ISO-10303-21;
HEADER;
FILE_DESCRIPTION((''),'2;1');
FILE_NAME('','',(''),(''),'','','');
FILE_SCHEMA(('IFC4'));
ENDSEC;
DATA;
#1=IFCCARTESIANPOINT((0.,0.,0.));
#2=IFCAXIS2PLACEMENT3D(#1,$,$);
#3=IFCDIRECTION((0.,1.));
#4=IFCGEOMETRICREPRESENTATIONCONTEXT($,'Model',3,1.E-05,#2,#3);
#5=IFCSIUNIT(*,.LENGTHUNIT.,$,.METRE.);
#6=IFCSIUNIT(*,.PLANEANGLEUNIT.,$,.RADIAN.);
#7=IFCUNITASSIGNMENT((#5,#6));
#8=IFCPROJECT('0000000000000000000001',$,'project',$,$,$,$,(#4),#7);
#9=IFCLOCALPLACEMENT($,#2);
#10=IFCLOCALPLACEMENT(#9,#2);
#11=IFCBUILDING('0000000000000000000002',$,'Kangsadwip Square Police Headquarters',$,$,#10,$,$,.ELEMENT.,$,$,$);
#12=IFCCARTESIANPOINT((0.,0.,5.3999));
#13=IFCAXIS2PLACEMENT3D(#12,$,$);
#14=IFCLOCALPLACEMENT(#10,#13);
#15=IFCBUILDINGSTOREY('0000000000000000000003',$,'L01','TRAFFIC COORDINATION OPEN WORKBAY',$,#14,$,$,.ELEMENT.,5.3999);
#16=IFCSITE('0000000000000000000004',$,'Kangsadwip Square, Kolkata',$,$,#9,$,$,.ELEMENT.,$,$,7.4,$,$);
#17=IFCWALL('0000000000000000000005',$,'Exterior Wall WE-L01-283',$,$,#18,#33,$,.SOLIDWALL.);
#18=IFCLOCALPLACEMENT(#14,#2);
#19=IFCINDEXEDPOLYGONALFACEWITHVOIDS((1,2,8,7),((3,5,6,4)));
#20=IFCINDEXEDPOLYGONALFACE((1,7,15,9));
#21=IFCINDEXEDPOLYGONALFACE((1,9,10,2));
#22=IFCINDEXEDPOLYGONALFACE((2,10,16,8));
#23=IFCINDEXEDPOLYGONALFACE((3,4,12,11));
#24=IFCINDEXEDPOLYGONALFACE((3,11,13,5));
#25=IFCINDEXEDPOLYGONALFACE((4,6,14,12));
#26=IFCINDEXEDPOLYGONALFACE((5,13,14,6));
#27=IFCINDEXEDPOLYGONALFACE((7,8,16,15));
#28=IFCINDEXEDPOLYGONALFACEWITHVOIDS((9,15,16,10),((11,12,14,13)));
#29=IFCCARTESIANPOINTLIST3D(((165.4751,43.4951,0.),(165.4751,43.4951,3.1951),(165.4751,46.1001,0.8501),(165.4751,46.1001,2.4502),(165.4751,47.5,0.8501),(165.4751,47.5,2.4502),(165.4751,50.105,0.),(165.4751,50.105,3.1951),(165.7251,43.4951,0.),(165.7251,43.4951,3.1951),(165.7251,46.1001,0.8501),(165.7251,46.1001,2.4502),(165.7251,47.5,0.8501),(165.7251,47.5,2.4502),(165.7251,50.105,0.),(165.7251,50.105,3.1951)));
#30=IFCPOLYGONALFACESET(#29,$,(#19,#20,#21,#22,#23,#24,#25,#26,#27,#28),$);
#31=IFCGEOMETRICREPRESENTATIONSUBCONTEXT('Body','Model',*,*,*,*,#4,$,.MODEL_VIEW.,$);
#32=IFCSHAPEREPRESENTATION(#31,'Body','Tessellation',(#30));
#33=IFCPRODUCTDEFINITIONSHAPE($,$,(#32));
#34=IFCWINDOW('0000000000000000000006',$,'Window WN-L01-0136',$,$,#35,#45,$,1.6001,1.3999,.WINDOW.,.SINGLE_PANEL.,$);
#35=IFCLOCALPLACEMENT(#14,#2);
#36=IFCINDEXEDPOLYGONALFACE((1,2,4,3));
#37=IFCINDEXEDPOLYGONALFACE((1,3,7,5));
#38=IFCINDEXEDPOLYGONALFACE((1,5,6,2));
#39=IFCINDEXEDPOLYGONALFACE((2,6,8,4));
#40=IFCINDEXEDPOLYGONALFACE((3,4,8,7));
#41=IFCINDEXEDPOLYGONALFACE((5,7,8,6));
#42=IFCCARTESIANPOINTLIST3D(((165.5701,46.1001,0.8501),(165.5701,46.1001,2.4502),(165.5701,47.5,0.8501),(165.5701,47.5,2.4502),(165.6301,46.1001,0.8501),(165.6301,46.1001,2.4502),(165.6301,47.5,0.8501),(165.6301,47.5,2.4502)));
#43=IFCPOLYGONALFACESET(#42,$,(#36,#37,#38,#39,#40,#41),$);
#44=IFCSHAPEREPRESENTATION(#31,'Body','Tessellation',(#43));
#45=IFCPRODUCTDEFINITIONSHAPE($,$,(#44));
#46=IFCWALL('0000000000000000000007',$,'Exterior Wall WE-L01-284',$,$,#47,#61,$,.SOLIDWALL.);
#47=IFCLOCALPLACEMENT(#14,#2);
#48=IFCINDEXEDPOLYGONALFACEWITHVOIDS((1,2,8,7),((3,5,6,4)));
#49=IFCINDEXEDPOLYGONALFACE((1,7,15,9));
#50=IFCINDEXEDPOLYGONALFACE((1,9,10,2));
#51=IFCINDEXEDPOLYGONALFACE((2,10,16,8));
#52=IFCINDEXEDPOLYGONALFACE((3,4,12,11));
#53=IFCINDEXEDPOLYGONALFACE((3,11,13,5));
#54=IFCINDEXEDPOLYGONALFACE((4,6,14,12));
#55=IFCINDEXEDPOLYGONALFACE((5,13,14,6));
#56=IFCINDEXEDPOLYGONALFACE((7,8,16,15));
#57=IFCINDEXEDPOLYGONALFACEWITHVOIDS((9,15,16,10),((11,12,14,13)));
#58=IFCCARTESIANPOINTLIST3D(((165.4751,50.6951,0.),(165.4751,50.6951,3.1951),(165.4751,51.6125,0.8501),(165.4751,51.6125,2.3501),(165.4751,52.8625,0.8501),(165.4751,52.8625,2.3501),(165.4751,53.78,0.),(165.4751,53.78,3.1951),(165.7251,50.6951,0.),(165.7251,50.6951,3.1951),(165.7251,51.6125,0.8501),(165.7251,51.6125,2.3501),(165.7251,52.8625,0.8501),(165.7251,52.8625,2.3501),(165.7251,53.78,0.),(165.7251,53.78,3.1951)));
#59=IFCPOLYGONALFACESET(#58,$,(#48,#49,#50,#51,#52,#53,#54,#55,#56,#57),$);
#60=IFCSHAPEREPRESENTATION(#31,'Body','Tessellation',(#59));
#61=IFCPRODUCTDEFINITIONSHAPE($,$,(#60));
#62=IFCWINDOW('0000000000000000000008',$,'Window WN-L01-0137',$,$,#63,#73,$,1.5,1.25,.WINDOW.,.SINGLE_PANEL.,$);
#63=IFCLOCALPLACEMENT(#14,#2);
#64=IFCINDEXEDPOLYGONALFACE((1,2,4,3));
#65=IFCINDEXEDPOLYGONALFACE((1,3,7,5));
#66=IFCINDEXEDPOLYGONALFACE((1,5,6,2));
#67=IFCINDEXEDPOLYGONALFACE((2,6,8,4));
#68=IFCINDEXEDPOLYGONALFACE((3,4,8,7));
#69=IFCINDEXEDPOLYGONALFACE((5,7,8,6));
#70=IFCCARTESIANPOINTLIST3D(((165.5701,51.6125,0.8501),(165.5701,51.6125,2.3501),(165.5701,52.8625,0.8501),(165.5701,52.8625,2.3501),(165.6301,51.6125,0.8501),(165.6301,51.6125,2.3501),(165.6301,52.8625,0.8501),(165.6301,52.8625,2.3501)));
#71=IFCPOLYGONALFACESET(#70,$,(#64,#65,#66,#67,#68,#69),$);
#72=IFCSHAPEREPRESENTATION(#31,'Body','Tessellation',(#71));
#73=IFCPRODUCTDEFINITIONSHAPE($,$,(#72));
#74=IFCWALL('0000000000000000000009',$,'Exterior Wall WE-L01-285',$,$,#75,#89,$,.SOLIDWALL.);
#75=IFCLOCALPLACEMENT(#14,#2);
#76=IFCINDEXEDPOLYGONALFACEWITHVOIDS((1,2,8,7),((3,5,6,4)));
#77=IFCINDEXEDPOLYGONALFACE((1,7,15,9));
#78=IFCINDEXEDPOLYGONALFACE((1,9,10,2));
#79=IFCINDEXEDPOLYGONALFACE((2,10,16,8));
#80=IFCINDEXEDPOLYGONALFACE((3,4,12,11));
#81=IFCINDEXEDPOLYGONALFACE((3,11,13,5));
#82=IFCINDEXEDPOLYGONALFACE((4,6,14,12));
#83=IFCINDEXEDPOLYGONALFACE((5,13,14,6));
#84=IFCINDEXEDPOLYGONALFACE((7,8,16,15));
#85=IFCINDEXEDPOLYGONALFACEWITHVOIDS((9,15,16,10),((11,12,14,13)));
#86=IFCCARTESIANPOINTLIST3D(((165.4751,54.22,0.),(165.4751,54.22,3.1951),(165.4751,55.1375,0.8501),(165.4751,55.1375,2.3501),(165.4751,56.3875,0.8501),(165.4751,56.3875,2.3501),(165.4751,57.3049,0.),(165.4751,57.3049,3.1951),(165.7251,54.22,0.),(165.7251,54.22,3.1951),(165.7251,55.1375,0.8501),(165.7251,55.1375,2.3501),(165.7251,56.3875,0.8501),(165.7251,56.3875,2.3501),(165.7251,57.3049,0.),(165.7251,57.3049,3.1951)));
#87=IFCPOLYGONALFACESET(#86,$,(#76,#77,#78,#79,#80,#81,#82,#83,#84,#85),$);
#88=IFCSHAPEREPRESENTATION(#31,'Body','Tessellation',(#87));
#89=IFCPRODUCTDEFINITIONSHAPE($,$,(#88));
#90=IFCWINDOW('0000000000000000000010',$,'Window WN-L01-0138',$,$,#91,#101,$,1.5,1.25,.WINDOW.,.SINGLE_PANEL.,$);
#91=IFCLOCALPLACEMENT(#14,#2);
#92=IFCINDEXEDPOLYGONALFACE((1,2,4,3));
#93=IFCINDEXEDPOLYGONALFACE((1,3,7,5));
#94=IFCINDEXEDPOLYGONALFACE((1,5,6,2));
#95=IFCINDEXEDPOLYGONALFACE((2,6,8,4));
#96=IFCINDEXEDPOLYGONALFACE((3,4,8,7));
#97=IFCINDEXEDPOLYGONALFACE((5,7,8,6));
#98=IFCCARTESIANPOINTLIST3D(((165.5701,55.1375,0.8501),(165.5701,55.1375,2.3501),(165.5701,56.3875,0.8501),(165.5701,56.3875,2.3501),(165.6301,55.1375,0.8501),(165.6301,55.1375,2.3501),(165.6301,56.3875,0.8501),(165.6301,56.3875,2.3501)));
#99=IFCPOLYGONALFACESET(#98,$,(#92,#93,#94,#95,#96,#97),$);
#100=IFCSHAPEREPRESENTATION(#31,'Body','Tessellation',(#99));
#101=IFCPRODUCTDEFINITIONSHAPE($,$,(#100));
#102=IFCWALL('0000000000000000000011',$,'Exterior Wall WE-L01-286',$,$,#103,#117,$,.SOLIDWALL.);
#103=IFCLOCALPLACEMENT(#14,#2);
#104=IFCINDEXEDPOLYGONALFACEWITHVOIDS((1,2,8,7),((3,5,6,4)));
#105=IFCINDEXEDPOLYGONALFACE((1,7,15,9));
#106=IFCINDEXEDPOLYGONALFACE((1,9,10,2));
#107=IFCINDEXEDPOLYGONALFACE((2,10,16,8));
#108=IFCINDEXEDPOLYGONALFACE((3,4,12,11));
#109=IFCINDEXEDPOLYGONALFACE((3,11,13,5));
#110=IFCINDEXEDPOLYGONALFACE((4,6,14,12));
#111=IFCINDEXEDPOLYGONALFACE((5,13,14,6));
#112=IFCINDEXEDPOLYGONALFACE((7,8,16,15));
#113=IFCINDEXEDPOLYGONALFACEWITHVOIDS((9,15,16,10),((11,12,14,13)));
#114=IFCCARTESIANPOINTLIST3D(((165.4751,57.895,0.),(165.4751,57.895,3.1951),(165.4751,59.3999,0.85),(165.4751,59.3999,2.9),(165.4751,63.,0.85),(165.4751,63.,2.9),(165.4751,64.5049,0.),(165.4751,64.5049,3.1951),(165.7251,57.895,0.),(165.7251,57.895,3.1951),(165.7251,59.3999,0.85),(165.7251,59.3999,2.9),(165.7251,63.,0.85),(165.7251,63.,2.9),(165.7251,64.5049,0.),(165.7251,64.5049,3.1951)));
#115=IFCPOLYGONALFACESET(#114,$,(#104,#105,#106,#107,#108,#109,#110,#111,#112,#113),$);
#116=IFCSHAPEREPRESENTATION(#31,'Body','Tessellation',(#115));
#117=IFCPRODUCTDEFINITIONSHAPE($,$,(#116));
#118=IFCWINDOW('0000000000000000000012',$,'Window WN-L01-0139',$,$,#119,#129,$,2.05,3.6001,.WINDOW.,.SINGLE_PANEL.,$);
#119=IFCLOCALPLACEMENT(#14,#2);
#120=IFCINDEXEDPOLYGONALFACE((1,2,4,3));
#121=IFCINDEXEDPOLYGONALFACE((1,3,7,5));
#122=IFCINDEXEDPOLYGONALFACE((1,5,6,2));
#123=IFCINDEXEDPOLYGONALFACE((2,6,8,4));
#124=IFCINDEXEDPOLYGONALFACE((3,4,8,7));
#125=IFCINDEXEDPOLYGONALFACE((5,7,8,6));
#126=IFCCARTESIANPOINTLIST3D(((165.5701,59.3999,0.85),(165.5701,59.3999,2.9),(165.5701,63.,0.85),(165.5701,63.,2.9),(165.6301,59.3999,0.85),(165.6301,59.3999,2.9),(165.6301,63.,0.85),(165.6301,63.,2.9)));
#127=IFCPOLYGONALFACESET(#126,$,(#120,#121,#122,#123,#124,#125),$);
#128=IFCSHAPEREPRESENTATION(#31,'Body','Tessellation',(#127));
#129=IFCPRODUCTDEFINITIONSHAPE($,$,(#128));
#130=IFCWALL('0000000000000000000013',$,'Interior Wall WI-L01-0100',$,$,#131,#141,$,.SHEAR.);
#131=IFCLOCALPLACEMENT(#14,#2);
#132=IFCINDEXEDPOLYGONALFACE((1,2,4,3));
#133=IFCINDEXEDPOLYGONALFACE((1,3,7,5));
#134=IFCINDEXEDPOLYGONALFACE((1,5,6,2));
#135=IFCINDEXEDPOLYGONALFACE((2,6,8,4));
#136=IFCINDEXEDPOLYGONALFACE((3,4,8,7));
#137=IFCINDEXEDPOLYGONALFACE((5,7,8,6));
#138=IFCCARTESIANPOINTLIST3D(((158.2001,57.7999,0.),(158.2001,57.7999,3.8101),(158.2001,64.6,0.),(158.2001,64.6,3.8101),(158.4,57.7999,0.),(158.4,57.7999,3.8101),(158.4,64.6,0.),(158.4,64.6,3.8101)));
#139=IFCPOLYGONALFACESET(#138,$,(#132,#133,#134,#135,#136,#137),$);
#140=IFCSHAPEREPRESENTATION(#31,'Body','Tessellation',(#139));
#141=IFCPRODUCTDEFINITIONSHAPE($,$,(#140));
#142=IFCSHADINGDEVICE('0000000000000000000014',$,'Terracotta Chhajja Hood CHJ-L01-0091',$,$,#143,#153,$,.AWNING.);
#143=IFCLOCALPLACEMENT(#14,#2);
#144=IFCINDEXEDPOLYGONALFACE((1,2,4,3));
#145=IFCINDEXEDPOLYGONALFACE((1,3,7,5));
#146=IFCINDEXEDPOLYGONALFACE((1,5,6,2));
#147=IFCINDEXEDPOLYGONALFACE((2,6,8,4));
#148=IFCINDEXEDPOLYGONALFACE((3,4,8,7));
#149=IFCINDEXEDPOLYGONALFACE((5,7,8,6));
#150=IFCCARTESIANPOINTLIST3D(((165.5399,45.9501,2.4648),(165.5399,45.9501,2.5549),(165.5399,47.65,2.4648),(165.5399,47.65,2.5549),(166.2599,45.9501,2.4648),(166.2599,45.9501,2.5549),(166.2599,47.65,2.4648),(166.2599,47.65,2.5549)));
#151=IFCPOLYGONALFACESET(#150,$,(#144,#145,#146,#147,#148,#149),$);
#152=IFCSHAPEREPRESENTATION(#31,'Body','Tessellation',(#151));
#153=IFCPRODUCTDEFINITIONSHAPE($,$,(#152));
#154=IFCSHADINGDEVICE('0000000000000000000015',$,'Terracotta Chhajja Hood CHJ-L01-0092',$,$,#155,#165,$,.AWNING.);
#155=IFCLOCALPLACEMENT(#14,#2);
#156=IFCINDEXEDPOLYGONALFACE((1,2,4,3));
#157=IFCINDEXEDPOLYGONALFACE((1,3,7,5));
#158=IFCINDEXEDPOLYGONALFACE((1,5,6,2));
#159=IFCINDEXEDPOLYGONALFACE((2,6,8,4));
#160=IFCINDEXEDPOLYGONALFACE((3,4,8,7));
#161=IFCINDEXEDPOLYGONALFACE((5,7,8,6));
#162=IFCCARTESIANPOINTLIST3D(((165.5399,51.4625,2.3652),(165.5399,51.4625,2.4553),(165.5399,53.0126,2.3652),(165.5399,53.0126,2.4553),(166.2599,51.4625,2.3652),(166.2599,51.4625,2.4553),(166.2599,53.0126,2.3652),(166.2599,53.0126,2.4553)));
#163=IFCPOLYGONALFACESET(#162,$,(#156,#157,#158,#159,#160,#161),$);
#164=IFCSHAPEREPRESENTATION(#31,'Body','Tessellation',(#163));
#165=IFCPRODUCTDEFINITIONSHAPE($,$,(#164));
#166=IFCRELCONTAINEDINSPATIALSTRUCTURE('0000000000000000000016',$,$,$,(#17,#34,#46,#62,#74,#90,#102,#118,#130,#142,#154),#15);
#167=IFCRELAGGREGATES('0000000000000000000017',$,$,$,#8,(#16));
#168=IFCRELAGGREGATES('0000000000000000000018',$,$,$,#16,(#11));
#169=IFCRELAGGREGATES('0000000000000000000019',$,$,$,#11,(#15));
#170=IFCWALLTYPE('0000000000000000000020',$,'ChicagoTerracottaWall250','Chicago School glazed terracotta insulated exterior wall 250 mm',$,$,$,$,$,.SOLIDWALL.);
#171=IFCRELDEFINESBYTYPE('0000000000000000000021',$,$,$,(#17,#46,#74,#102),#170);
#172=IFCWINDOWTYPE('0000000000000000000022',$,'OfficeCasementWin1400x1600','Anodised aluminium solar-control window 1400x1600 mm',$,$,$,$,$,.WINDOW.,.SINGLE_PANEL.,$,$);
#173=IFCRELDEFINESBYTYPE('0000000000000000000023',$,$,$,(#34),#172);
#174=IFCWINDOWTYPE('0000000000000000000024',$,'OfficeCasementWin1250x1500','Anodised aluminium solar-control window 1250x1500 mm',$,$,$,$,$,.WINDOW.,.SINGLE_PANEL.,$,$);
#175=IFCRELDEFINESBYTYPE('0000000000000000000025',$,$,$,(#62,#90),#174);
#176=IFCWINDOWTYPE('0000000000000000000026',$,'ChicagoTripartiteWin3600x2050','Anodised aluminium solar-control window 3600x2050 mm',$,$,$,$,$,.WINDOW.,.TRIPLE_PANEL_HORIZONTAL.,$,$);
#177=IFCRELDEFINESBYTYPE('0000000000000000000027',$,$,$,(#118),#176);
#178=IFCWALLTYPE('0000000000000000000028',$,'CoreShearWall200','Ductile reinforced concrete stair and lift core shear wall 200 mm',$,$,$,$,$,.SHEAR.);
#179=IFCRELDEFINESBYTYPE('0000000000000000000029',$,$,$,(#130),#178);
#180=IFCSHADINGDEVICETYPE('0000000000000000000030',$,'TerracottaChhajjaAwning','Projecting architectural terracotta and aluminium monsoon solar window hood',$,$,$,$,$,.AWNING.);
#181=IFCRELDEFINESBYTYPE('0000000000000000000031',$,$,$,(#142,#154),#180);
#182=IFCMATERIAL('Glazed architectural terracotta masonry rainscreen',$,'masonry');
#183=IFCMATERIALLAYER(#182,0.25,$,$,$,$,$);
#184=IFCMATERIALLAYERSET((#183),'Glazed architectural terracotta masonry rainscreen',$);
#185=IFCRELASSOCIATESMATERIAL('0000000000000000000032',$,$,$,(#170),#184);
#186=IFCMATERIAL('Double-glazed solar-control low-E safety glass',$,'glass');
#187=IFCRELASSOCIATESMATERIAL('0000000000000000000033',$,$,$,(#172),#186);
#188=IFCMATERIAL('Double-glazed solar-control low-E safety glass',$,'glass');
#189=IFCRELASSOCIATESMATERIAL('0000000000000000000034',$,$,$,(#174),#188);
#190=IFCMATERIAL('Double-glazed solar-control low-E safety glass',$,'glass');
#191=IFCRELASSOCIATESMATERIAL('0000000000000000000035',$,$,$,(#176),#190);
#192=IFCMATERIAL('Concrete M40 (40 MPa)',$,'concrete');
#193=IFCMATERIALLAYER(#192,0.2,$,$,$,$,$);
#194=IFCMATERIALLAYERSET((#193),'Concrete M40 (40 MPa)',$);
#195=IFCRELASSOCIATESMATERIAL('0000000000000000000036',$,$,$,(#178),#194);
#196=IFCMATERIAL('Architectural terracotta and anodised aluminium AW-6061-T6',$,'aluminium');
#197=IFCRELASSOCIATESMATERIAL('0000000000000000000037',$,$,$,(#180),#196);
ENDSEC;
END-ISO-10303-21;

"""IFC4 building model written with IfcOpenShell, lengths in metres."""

from ifc_helpers import new_model, si_unit, direction, frame, frame_2d, origin, origin_2d, place, context, subcontext, project, spatial, rectangle, extrude, material, layer, layer_set, type_object, element, fill, save


model = new_model("IFC4")

# Units and contexts
model_context = context("Model", 3, precision=1e-05, world=origin(), true_north=direction((0.0, 1.0)))
body_context = subcontext(model_context, "Body", "Model", "MODEL_VIEW")
ifc_project = project(units=[si_unit("LENGTHUNIT", "METRE"), si_unit("PLANEANGLEUNIT", "RADIAN")], contexts=[model_context])

# Site, building, storey
site_placement = place(None, origin())
site = spatial("IfcSite", under=ifc_project, at=site_placement, Name="Kangsadwip Square, Kolkata", CompositionType="ELEMENT", RefElevation=7.4)
building_placement = place(site_placement, origin())
building = spatial("IfcBuilding", under=site, at=building_placement, Name="Kangsadwip Square Police Headquarters", CompositionType="ELEMENT")
storey_placement = place(building_placement, frame((0.0, 0.0, 5.3999)))
storey = spatial("IfcBuildingStorey", under=building, at=storey_placement, Name="L01", Description="TRAFFIC COORDINATION OPEN WORKBAY", CompositionType="ELEMENT", Elevation=5.3999)

# Walls, openings, windows
ifc_material_1 = material(Name="Glazed architectural terracotta masonry rainscreen", Category="masonry")
ifc_layer_1 = layer(ifc_material_1, 0.25)
ifc_layer_set_1 = layer_set([ifc_layer_1], Name="Glazed architectural terracotta masonry rainscreen")
wall_type_1 = type_object("IfcWallType", Name="ChicagoTerracottaWall250", Description="Chicago School glazed terracotta insulated exterior wall 250 mm", PredefinedType="SOLIDWALL", material=ifc_layer_set_1)
wall_1_placement = place(storey_placement, frame((165.6001, 43.4951, 0.0), z_axis=(0.0, 0.0, 1.0), x_axis=(0.0, 1.0, 0.0)))
wall_1 = element("IfcWall", 1, at=wall_1_placement, inside=storey, type_object=wall_type_1, Name="Exterior Wall WE-L01-283", PredefinedType="SOLIDWALL", context=body_context, shape_type="SweptSolid", body=[
    extrude(rectangle(XDim=6.6099, YDim=0.25, at=frame_2d((3.3049, 0.0))), origin(), (0.0, 0.0, 1.0), 3.1951),
])
opening_1_placement = place(wall_1_placement, frame((2.605, 0.0, 0.8501)))
opening_1 = element("IfcOpeningElement", 2, at=opening_1_placement, cuts=wall_1, PredefinedType="OPENING", context=body_context, shape_type="SweptSolid", body=[
    extrude(rectangle(XDim=1.3999, YDim=1.6001, at=frame_2d((0.7, 0.8))), frame((0.0, 0.135, 0.0), z_axis=(0.0, -1.0, 0.0), x_axis=(1.0, 0.0, 0.0)), (0.0, 0.0, 1.0), 0.27),
])
ifc_material_2 = material(Name="Double-glazed solar-control low-E safety glass", Category="glass")
window_type_1 = type_object("IfcWindowType", Name="OfficeCasementWin1400x1600", Description="Anodised aluminium solar-control window 1400x1600 mm", PartitioningType="SINGLE_PANEL", PredefinedType="WINDOW", material=ifc_material_2)
window_1_placement = place(opening_1_placement, origin())
window_1 = element("IfcWindow", 3, at=window_1_placement, inside=storey, type_object=window_type_1, Name="Window WN-L01-0136", OverallHeight=1.6001, OverallWidth=1.3999, PartitioningType="SINGLE_PANEL", PredefinedType="WINDOW", context=body_context, shape_type="SweptSolid", body=[
    extrude(rectangle(XDim=1.3999, YDim=1.6001, at=frame_2d((0.7, 0.8))), frame((0.0, 0.03, 0.0), z_axis=(0.0, -1.0, 0.0), x_axis=(1.0, 0.0, 0.0)), (0.0, 0.0, 1.0), 0.0601),
])
fill(opening_1, window_1)
wall_2_placement = place(storey_placement, frame((165.6001, 50.6951, 0.0), z_axis=(0.0, 0.0, 1.0), x_axis=(0.0, 1.0, 0.0)))
wall_2 = element("IfcWall", 4, at=wall_2_placement, inside=storey, type_object=wall_type_1, Name="Exterior Wall WE-L01-284", PredefinedType="SOLIDWALL", context=body_context, shape_type="SweptSolid", body=[
    extrude(rectangle(XDim=3.085, YDim=0.25, at=frame_2d((1.5425, 0.0))), origin(), (0.0, 0.0, 1.0), 3.1951),
])
opening_2_placement = place(wall_2_placement, frame((0.9175, 0.0, 0.8501)))
opening_2 = element("IfcOpeningElement", 5, at=opening_2_placement, cuts=wall_2, PredefinedType="OPENING", context=body_context, shape_type="SweptSolid", body=[
    extrude(rectangle(XDim=1.25, YDim=1.5, at=frame_2d((0.625, 0.75))), frame((0.0, 0.135, 0.0), z_axis=(0.0, -1.0, 0.0), x_axis=(1.0, 0.0, 0.0)), (0.0, 0.0, 1.0), 0.27),
])
ifc_material_3 = material(Name="Double-glazed solar-control low-E safety glass", Category="glass")
window_type_2 = type_object("IfcWindowType", Name="OfficeCasementWin1250x1500", Description="Anodised aluminium solar-control window 1250x1500 mm", PartitioningType="SINGLE_PANEL", PredefinedType="WINDOW", material=ifc_material_3)
window_2_placement = place(opening_2_placement, origin())
window_2 = element("IfcWindow", 6, at=window_2_placement, inside=storey, type_object=window_type_2, Name="Window WN-L01-0137", OverallHeight=1.5, OverallWidth=1.25, PartitioningType="SINGLE_PANEL", PredefinedType="WINDOW", context=body_context, shape_type="SweptSolid", body=[
    extrude(rectangle(XDim=1.25, YDim=1.5, at=frame_2d((0.625, 0.75))), frame((0.0, 0.03, 0.0), z_axis=(0.0, -1.0, 0.0), x_axis=(1.0, 0.0, 0.0)), (0.0, 0.0, 1.0), 0.0601),
])
fill(opening_2, window_2)
wall_3_placement = place(storey_placement, frame((165.6001, 54.22, 0.0), z_axis=(0.0, 0.0, 1.0), x_axis=(0.0, 1.0, 0.0)))
wall_3 = element("IfcWall", 7, at=wall_3_placement, inside=storey, type_object=wall_type_1, Name="Exterior Wall WE-L01-285", PredefinedType="SOLIDWALL", context=body_context, shape_type="SweptSolid", body=[
    extrude(rectangle(XDim=3.085, YDim=0.25, at=frame_2d((1.5425, 0.0))), origin(), (0.0, 0.0, 1.0), 3.1951),
])
opening_3_placement = place(wall_3_placement, frame((0.9175, 0.0, 0.8501)))
opening_3 = element("IfcOpeningElement", 8, at=opening_3_placement, cuts=wall_3, PredefinedType="OPENING", context=body_context, shape_type="SweptSolid", body=[
    extrude(rectangle(XDim=1.25, YDim=1.5, at=frame_2d((0.625, 0.75))), frame((0.0, 0.135, 0.0), z_axis=(0.0, -1.0, 0.0), x_axis=(1.0, 0.0, 0.0)), (0.0, 0.0, 1.0), 0.27),
])
window_3_placement = place(opening_3_placement, origin())
window_3 = element("IfcWindow", 9, at=window_3_placement, inside=storey, type_object=window_type_2, Name="Window WN-L01-0138", OverallHeight=1.5, OverallWidth=1.25, PartitioningType="SINGLE_PANEL", PredefinedType="WINDOW", context=body_context, shape_type="SweptSolid", body=[
    extrude(rectangle(XDim=1.25, YDim=1.5, at=frame_2d((0.625, 0.75))), frame((0.0, 0.03, 0.0), z_axis=(0.0, -1.0, 0.0), x_axis=(1.0, 0.0, 0.0)), (0.0, 0.0, 1.0), 0.0601),
])
fill(opening_3, window_3)
wall_4_placement = place(storey_placement, frame((165.6001, 57.895, 0.0), z_axis=(0.0, 0.0, 1.0), x_axis=(0.0, 1.0, 0.0)))
wall_4 = element("IfcWall", 10, at=wall_4_placement, inside=storey, type_object=wall_type_1, Name="Exterior Wall WE-L01-286", PredefinedType="SOLIDWALL", context=body_context, shape_type="SweptSolid", body=[
    extrude(rectangle(XDim=6.6099, YDim=0.25, at=frame_2d((3.3049, 0.0))), origin(), (0.0, 0.0, 1.0), 3.1951),
])
opening_4_placement = place(wall_4_placement, frame((1.5049, 0.0, 0.8501)))
opening_4 = element("IfcOpeningElement", 11, at=opening_4_placement, cuts=wall_4, PredefinedType="OPENING", context=body_context, shape_type="SweptSolid", body=[
    extrude(rectangle(XDim=3.6001, YDim=2.05, at=frame_2d((1.8, 1.0249))), frame((0.0, 0.135, 0.0), z_axis=(0.0, -1.0, 0.0), x_axis=(1.0, 0.0, 0.0)), (0.0, 0.0, 1.0), 0.27),
])
ifc_material_4 = material(Name="Double-glazed solar-control low-E safety glass", Category="glass")
window_type_3 = type_object("IfcWindowType", Name="ChicagoTripartiteWin3600x2050", Description="Anodised aluminium solar-control window 3600x2050 mm", PartitioningType="TRIPLE_PANEL_HORIZONTAL", PredefinedType="WINDOW", material=ifc_material_4)
window_4_placement = place(opening_4_placement, origin())
window_4 = element("IfcWindow", 12, at=window_4_placement, inside=storey, type_object=window_type_3, Name="Window WN-L01-0139", OverallHeight=2.05, OverallWidth=3.6001, PartitioningType="SINGLE_PANEL", PredefinedType="WINDOW", context=body_context, shape_type="SweptSolid", body=[
    extrude(rectangle(XDim=3.6001, YDim=2.05, at=frame_2d((1.8, 1.0249))), frame((0.0, 0.03, 0.0), z_axis=(0.0, -1.0, 0.0), x_axis=(1.0, 0.0, 0.0)), (0.0, 0.0, 1.0), 0.0601),
])
fill(opening_4, window_4)

# Wall
ifc_material_5 = material(Name="Concrete M40 (40 MPa)", Category="concrete")
ifc_layer_2 = layer(ifc_material_5, 0.2)
ifc_layer_set_2 = layer_set([ifc_layer_2], Name="Concrete M40 (40 MPa)")
wall_type_2 = type_object("IfcWallType", Name="CoreShearWall200", Description="Ductile reinforced concrete stair and lift core shear wall 200 mm", PredefinedType="SHEAR", material=ifc_layer_set_2)
wall_5_placement = place(storey_placement, frame((158.3, 57.8, 0.0), z_axis=(0.0, 0.0, 1.0), x_axis=(0.0, 1.0, 0.0)))
element("IfcWall", 13, at=wall_5_placement, inside=storey, type_object=wall_type_2, Name="Interior Wall WI-L01-0100", PredefinedType="SHEAR", context=body_context, shape_type="SweptSolid", body=[
    extrude(rectangle(XDim=6.8, YDim=0.2, at=frame_2d((3.3999, 0.0))), origin(), (0.0, 0.0, 1.0), 3.8101),
])

# Shading devices
ifc_material_6 = material(Name="Architectural terracotta and anodised aluminium AW-6061-T6", Category="aluminium")
shading_device_type = type_object("IfcShadingDeviceType", Name="TerracottaChhajjaAwning", Description="Projecting architectural terracotta and aluminium monsoon solar window hood", PredefinedType="AWNING", material=ifc_material_6)
shading_device_placement = place(storey_placement, frame((165.8999, 46.8, 2.4648), z_axis=(0.0, 0.0, 1.0), x_axis=(0.0, 1.0, 0.0)))
element("IfcShadingDevice", 14, at=shading_device_placement, inside=storey, type_object=shading_device_type, Name="Terracotta Chhajja Hood CHJ-L01-0091", PredefinedType="AWNING", context=body_context, shape_type="SweptSolid", body=[
    extrude(rectangle(XDim=1.7, YDim=0.72, at=origin_2d()), origin(), (0.0, 0.0, 1.0), 0.0901),
])
for number, where, z_axis, x_axis, name in (
    (15, (165.8999, 52.2375, 2.3652), (0.0, 0.0, 1.0), (0.0, 1.0, 0.0), "Terracotta Chhajja Hood CHJ-L01-0092"),
):
    element("IfcShadingDevice", number, at=place(storey_placement, frame(where, z_axis=z_axis, x_axis=x_axis)), inside=storey, type_object=shading_device_type, Name=name, PredefinedType="AWNING", context=body_context, shape_type="SweptSolid", body=[
        extrude(rectangle(XDim=1.55, YDim=0.72, at=origin_2d()), origin(), (0.0, 0.0, 1.0), 0.0901),
    ])

save(model, "model.ifc")
